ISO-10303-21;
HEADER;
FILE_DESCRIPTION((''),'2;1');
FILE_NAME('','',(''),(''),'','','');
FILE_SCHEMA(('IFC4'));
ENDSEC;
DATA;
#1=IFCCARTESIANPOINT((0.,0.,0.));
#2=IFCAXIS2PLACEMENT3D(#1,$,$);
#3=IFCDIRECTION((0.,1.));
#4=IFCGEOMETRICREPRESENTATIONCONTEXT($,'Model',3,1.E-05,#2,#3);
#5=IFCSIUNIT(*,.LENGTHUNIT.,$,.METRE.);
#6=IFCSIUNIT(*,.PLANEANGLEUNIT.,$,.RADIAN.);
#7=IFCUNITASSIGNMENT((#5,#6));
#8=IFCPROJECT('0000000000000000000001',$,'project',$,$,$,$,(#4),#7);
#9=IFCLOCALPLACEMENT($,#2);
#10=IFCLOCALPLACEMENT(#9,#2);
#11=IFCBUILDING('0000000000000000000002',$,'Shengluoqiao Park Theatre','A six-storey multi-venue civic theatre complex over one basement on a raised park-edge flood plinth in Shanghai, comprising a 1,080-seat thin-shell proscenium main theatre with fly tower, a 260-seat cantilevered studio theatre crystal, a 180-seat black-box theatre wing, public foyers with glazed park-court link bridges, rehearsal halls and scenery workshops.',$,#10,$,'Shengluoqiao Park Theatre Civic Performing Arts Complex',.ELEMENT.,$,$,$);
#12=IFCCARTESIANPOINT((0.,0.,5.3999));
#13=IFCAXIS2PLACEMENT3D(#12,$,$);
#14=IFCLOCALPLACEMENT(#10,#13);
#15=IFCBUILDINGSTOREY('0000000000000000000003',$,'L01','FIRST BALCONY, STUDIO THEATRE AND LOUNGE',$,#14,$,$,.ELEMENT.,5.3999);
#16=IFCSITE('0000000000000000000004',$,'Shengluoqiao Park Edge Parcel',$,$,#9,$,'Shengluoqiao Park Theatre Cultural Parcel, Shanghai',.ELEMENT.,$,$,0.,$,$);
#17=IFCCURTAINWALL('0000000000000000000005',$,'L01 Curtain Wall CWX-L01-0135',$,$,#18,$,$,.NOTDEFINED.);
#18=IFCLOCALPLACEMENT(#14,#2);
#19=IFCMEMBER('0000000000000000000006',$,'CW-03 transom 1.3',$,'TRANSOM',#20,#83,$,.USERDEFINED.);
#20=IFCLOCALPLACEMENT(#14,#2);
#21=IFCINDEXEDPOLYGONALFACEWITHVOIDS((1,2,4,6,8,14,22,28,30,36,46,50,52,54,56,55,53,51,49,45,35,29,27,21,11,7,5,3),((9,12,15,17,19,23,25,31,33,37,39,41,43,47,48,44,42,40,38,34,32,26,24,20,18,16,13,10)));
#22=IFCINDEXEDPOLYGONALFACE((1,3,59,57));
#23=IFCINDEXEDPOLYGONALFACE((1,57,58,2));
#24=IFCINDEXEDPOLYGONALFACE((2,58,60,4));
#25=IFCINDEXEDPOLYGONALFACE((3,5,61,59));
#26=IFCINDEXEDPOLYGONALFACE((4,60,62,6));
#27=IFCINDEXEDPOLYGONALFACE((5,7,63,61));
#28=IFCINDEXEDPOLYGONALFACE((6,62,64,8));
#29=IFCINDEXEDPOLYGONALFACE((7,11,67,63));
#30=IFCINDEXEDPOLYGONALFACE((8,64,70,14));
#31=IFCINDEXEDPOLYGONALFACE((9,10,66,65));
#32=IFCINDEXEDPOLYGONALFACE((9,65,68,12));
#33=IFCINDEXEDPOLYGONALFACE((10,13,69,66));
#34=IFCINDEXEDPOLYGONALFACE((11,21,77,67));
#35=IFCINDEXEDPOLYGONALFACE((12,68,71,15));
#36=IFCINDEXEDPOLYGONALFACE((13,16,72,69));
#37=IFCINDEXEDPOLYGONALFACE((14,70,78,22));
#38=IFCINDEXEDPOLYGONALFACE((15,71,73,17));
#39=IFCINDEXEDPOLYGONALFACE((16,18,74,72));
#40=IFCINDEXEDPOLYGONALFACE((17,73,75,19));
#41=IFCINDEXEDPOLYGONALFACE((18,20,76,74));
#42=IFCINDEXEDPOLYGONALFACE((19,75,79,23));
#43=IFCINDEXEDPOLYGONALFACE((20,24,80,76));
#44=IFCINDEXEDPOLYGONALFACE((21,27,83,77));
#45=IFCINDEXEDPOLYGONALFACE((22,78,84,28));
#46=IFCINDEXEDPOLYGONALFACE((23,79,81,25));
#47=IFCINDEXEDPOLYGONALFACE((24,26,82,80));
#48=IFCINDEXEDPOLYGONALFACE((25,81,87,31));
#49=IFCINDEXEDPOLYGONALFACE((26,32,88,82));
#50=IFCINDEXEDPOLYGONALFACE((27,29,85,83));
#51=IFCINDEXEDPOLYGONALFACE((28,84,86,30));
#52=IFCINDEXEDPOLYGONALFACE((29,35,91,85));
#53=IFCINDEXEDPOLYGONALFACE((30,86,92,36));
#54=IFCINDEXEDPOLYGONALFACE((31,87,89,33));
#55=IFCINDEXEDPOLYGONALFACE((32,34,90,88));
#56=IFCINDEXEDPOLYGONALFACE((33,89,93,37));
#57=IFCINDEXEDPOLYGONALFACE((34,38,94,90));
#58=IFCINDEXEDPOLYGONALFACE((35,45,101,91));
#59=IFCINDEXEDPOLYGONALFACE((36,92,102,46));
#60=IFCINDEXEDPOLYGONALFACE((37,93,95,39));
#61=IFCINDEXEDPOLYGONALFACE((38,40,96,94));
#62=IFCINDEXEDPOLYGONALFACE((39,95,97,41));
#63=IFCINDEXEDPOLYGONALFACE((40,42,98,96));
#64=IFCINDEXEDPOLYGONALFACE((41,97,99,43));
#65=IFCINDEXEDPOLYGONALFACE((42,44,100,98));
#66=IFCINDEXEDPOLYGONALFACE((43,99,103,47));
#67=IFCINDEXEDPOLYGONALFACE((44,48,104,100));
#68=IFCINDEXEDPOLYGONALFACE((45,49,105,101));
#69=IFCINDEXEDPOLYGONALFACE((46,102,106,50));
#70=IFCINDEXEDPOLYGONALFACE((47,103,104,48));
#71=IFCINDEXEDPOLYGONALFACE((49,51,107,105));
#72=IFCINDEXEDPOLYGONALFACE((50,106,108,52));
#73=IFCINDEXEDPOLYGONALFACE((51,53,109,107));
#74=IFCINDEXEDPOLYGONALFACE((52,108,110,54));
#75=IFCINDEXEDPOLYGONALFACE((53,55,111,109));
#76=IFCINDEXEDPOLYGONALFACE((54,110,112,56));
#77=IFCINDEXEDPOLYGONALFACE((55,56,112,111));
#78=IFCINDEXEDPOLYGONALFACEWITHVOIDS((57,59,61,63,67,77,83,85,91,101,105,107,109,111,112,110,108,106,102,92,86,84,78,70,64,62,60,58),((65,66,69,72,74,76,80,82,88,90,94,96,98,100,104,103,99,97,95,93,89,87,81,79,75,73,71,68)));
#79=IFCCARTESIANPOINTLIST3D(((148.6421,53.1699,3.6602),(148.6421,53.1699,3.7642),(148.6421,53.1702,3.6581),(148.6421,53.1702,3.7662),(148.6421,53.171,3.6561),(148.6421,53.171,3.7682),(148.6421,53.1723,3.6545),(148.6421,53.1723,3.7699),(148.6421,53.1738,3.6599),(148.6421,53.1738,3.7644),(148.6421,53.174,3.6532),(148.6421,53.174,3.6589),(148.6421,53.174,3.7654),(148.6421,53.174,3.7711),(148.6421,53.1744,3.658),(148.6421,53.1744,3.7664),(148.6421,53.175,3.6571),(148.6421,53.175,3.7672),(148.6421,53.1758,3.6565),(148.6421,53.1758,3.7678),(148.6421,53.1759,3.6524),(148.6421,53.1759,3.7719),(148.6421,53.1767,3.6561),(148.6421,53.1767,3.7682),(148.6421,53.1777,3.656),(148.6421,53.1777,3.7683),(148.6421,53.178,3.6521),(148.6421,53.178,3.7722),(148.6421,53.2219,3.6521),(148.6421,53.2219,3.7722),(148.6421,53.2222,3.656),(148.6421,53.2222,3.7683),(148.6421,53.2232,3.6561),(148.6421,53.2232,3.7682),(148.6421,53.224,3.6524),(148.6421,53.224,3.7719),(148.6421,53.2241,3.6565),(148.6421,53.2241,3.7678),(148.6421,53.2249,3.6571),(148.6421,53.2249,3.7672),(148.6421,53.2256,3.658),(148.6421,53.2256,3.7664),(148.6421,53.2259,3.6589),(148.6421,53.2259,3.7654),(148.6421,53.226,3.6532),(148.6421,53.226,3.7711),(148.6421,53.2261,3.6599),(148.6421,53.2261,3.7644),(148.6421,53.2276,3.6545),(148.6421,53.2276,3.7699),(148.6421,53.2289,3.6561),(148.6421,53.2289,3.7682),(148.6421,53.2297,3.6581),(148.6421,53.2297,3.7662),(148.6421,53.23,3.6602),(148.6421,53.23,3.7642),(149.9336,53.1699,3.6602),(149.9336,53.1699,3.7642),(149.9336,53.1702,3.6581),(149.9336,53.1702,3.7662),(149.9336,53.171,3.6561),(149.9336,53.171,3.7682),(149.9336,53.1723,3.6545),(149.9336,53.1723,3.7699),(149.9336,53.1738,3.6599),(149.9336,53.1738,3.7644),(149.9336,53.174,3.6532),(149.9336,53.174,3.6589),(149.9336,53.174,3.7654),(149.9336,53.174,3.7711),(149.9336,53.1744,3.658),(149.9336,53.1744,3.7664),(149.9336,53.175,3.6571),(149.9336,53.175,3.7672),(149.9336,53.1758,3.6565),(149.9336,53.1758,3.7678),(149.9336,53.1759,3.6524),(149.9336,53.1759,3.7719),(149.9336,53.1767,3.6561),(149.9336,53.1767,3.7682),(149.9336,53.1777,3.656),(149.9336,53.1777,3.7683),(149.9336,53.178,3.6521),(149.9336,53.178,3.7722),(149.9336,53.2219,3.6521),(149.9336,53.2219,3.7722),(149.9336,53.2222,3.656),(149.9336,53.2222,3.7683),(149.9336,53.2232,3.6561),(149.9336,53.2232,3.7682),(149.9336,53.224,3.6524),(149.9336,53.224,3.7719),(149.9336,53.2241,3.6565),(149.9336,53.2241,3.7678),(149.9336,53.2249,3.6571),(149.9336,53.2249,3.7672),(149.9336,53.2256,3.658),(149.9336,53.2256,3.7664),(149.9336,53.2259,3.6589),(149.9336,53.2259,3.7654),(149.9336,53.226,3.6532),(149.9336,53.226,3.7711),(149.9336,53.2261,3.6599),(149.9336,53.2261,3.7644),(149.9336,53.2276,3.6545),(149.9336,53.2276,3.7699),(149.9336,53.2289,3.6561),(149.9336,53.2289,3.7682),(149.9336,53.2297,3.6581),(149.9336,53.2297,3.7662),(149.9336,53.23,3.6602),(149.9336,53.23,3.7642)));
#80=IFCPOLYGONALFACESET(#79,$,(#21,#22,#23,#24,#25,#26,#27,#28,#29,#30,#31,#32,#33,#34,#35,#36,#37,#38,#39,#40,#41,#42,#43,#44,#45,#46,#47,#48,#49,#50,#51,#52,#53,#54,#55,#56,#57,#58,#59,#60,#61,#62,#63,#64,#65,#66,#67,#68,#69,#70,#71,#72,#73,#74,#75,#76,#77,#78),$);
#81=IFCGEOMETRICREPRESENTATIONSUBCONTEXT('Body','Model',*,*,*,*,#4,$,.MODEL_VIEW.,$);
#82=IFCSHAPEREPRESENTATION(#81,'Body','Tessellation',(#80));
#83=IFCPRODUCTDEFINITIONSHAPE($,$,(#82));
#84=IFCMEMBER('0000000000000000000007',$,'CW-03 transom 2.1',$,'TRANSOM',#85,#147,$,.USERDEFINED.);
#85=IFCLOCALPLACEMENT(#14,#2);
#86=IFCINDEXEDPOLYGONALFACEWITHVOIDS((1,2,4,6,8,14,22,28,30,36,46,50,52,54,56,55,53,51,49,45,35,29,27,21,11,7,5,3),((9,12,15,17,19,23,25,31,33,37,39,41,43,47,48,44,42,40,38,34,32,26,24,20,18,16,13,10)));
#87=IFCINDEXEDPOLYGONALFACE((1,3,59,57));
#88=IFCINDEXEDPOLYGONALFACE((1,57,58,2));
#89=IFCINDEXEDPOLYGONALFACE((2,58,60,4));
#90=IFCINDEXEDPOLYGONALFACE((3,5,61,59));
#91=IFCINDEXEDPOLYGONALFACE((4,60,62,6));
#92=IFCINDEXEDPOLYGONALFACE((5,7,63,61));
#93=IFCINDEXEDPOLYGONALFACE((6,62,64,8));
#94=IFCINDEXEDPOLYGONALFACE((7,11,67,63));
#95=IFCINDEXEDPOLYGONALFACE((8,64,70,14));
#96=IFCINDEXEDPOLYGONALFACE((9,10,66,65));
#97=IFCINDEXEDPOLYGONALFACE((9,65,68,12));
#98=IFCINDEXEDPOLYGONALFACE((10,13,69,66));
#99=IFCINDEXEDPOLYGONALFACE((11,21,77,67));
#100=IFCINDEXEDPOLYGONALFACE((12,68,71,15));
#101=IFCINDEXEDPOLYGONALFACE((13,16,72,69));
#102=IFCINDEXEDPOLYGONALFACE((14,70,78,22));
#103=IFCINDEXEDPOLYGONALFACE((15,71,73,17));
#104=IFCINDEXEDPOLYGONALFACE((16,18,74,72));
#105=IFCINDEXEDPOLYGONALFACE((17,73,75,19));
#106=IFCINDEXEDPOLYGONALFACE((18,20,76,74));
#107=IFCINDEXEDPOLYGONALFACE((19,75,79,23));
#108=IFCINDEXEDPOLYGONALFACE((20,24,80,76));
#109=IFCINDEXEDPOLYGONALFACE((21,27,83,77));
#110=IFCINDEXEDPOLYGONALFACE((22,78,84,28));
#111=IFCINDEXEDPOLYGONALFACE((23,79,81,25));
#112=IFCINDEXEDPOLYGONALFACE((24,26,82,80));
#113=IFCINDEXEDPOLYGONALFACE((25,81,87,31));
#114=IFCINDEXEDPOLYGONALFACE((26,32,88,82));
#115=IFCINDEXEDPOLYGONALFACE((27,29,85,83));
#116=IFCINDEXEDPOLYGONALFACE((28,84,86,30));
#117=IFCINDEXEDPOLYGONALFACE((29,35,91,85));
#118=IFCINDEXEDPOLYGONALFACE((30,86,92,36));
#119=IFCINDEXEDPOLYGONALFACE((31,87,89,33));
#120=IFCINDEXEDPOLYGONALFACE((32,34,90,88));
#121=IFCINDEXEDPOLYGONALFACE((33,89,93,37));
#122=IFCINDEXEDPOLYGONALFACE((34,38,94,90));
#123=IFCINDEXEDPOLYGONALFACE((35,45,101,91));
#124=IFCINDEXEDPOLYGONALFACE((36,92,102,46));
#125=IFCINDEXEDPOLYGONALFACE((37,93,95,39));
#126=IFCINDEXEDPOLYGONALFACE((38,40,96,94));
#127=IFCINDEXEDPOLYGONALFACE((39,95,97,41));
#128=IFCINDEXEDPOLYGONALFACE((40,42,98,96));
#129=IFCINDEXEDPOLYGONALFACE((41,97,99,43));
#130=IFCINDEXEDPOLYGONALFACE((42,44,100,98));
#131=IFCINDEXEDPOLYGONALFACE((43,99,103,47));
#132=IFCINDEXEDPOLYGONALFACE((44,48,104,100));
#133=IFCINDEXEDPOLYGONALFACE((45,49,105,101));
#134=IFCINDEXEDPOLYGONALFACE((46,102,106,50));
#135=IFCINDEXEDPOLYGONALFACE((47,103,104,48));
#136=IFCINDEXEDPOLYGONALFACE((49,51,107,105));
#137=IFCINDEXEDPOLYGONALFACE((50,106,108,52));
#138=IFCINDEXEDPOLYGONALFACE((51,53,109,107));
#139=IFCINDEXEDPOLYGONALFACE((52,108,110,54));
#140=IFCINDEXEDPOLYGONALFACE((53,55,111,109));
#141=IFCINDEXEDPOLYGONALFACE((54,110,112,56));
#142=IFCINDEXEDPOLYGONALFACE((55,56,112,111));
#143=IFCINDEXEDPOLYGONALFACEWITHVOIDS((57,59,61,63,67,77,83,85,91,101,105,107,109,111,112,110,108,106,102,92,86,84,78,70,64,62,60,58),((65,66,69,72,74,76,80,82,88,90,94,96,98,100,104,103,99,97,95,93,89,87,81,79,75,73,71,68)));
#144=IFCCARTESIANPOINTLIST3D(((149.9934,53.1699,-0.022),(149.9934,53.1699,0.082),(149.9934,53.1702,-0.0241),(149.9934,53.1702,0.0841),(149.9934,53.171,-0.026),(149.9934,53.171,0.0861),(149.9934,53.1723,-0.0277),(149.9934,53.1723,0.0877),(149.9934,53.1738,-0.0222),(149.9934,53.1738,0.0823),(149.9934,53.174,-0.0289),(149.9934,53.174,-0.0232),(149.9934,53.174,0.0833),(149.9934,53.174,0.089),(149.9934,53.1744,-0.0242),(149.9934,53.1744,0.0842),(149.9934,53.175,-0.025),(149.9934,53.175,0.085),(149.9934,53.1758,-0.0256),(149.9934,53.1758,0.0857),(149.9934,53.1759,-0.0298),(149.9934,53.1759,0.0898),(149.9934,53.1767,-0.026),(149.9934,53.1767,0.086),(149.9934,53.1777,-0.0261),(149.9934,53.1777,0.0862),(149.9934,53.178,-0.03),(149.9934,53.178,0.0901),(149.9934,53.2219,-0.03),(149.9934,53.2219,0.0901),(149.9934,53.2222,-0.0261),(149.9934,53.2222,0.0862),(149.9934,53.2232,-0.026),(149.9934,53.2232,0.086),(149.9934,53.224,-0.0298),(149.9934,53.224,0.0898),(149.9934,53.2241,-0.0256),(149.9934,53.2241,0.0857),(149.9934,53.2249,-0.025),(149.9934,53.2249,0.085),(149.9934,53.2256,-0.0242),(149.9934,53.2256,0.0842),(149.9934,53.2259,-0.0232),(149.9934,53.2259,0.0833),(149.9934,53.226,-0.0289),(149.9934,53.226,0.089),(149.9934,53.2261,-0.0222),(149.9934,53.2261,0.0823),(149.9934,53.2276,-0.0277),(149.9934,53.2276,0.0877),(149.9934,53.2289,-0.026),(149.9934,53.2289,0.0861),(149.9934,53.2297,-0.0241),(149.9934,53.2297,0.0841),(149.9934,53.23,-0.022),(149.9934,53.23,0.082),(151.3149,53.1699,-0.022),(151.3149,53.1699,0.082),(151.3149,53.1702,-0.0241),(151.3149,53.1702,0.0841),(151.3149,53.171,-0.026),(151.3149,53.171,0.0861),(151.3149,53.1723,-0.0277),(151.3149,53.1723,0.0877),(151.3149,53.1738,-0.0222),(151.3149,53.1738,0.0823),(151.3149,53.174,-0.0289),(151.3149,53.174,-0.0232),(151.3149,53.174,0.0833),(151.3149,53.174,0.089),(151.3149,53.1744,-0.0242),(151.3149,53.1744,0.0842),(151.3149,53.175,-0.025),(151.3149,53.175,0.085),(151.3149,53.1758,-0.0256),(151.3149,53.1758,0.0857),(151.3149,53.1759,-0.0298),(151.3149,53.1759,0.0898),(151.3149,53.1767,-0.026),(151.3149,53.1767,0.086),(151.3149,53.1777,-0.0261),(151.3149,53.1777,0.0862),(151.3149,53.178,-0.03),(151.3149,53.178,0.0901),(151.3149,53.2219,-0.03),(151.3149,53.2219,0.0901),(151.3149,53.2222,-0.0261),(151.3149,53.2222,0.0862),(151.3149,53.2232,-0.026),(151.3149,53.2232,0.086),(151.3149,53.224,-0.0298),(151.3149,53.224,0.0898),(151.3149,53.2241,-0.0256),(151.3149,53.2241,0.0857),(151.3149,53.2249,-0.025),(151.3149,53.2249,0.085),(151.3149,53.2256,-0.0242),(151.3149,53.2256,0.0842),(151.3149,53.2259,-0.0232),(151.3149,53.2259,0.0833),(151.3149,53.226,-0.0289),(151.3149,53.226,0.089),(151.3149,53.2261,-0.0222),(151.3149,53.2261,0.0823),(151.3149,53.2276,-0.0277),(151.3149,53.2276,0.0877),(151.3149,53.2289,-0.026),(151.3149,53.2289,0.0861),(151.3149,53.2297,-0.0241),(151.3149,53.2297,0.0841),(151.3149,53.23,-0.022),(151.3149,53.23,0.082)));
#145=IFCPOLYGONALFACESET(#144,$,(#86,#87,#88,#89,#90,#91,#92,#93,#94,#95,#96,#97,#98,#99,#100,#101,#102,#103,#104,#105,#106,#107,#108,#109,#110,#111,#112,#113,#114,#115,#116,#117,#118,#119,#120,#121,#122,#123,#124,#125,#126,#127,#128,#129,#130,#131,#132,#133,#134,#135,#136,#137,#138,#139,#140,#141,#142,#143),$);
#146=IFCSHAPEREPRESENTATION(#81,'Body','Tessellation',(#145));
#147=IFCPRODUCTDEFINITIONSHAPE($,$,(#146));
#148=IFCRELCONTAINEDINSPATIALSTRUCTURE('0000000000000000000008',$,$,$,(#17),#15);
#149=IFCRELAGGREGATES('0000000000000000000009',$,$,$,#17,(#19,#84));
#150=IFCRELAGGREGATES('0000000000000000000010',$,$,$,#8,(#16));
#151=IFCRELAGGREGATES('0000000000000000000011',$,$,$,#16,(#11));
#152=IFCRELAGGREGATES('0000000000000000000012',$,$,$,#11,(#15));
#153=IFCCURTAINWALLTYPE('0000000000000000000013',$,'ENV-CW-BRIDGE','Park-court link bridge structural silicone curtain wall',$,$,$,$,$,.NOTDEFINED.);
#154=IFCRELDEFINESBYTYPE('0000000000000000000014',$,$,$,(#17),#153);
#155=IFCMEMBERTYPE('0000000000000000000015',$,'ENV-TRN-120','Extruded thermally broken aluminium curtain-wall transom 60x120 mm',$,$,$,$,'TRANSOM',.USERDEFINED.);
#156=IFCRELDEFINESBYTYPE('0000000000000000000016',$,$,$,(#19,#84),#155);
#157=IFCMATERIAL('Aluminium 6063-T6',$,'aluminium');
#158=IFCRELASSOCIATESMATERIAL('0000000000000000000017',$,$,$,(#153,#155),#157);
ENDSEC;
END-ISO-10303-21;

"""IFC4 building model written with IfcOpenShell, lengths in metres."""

from ifc_helpers import new_model, si_unit, direction, frame, origin, origin_2d, place, context, subcontext, project, spatial, hollow_rectangle, extrude, material, material_profile, profile_set, type_object, element, aggregate, save


model = new_model("IFC4")

# Units and contexts
model_context = context("Model", 3, precision=1e-05, world=origin(), true_north=direction((0.0, 1.0)))
body_context = subcontext(model_context, "Body", "Model", "MODEL_VIEW")
ifc_project = project(units=[si_unit("LENGTHUNIT", "METRE"), si_unit("PLANEANGLEUNIT", "RADIAN")], contexts=[model_context])

# Site, building, storey
site_placement = place(None, origin())
site = spatial("IfcSite", under=ifc_project, at=site_placement, Name="Shengluoqiao Park Edge Parcel", LongName="Shengluoqiao Park Theatre Cultural Parcel, Shanghai", CompositionType="ELEMENT", RefElevation=0.0)
building_placement = place(site_placement, origin())
building = spatial("IfcBuilding", under=site, at=building_placement, Name="Shengluoqiao Park Theatre", Description="A six-storey multi-venue civic theatre complex over one basement on a raised park-edge flood plinth in Shanghai, comprising a 1,080-seat thin-shell proscenium main theatre with fly tower, a 260-seat cantilevered studio theatre crystal, a 180-seat black-box theatre wing, public foyers with glazed park-court link bridges, rehearsal halls and scenery workshops.", LongName="Shengluoqiao Park Theatre Civic Performing Arts Complex", CompositionType="ELEMENT")
storey_placement = place(building_placement, frame((0.0, 0.0, 5.3999)))
storey = spatial("IfcBuildingStorey", under=building, at=storey_placement, Name="L01", Description="FIRST BALCONY, STUDIO THEATRE AND LOUNGE", CompositionType="ELEMENT", Elevation=5.3999)

# Curtain wall, members
ifc_material_1 = material(Name="Aluminium 6063-T6", Category="aluminium")
curtain_wall_type = type_object("IfcCurtainWallType", Name="ENV-CW-BRIDGE", Description="Park-court link bridge structural silicone curtain wall", PredefinedType="NOTDEFINED", material=ifc_material_1)
curtain_wall_placement = place(storey_placement, origin())
curtain_wall = element("IfcCurtainWall", 1, at=curtain_wall_placement, inside=storey, type_object=curtain_wall_type, Name="L01 Curtain Wall CWX-L01-0135", PredefinedType="NOTDEFINED")
ifc_material_profile_1 = material_profile(ifc_material_1, hollow_rectangle(XDim=0.0601, YDim=0.1201, WallThickness=0.0039, InnerFilletRadius=0.0039, OuterFilletRadius=0.0081, at=origin_2d()), Name="ALU TRANSOM 120x60x4")
ifc_profile_set_1 = profile_set([ifc_material_profile_1], Name="Aluminium 6063-T6")
member_type_1 = type_object("IfcMemberType", Name="ENV-TRN-120", Description="Extruded thermally broken aluminium curtain-wall transom 60x120 mm", ElementType="TRANSOM", PredefinedType="USERDEFINED", material=ifc_profile_set_1)
member_1_placement = place(storey_placement, frame((148.6421, 53.2, 3.7122), z_axis=(1.0, 0.0, 0.0), x_axis=(0.0, 1.0, 0.0)))
member_1 = element("IfcMember", 2, at=member_1_placement, type_object=member_type_1, Name="CW-03 transom 1.3", ObjectType="TRANSOM", PredefinedType="USERDEFINED", context=body_context, shape_type="SweptSolid", body=[
    extrude(hollow_rectangle(XDim=0.0601, YDim=0.1201, WallThickness=0.0039, InnerFilletRadius=0.0039, OuterFilletRadius=0.0081, at=origin_2d()), origin(), (0.0, 0.0, 1.0), 1.2915),
])
member_2_placement = place(storey_placement, frame((149.9934, 53.2, 0.03), z_axis=(1.0, 0.0, 0.0), x_axis=(0.0, 1.0, 0.0)))
member_2 = element("IfcMember", 3, at=member_2_placement, type_object=member_type_1, Name="CW-03 transom 2.1", ObjectType="TRANSOM", PredefinedType="USERDEFINED", context=body_context, shape_type="SweptSolid", body=[
    extrude(hollow_rectangle(XDim=0.0601, YDim=0.1201, WallThickness=0.0039, InnerFilletRadius=0.0039, OuterFilletRadius=0.0081, at=origin_2d()), origin(), (0.0, 0.0, 1.0), 1.3215),
])

aggregate(curtain_wall, [member_1, member_2])

save(model, "model.ifc")
